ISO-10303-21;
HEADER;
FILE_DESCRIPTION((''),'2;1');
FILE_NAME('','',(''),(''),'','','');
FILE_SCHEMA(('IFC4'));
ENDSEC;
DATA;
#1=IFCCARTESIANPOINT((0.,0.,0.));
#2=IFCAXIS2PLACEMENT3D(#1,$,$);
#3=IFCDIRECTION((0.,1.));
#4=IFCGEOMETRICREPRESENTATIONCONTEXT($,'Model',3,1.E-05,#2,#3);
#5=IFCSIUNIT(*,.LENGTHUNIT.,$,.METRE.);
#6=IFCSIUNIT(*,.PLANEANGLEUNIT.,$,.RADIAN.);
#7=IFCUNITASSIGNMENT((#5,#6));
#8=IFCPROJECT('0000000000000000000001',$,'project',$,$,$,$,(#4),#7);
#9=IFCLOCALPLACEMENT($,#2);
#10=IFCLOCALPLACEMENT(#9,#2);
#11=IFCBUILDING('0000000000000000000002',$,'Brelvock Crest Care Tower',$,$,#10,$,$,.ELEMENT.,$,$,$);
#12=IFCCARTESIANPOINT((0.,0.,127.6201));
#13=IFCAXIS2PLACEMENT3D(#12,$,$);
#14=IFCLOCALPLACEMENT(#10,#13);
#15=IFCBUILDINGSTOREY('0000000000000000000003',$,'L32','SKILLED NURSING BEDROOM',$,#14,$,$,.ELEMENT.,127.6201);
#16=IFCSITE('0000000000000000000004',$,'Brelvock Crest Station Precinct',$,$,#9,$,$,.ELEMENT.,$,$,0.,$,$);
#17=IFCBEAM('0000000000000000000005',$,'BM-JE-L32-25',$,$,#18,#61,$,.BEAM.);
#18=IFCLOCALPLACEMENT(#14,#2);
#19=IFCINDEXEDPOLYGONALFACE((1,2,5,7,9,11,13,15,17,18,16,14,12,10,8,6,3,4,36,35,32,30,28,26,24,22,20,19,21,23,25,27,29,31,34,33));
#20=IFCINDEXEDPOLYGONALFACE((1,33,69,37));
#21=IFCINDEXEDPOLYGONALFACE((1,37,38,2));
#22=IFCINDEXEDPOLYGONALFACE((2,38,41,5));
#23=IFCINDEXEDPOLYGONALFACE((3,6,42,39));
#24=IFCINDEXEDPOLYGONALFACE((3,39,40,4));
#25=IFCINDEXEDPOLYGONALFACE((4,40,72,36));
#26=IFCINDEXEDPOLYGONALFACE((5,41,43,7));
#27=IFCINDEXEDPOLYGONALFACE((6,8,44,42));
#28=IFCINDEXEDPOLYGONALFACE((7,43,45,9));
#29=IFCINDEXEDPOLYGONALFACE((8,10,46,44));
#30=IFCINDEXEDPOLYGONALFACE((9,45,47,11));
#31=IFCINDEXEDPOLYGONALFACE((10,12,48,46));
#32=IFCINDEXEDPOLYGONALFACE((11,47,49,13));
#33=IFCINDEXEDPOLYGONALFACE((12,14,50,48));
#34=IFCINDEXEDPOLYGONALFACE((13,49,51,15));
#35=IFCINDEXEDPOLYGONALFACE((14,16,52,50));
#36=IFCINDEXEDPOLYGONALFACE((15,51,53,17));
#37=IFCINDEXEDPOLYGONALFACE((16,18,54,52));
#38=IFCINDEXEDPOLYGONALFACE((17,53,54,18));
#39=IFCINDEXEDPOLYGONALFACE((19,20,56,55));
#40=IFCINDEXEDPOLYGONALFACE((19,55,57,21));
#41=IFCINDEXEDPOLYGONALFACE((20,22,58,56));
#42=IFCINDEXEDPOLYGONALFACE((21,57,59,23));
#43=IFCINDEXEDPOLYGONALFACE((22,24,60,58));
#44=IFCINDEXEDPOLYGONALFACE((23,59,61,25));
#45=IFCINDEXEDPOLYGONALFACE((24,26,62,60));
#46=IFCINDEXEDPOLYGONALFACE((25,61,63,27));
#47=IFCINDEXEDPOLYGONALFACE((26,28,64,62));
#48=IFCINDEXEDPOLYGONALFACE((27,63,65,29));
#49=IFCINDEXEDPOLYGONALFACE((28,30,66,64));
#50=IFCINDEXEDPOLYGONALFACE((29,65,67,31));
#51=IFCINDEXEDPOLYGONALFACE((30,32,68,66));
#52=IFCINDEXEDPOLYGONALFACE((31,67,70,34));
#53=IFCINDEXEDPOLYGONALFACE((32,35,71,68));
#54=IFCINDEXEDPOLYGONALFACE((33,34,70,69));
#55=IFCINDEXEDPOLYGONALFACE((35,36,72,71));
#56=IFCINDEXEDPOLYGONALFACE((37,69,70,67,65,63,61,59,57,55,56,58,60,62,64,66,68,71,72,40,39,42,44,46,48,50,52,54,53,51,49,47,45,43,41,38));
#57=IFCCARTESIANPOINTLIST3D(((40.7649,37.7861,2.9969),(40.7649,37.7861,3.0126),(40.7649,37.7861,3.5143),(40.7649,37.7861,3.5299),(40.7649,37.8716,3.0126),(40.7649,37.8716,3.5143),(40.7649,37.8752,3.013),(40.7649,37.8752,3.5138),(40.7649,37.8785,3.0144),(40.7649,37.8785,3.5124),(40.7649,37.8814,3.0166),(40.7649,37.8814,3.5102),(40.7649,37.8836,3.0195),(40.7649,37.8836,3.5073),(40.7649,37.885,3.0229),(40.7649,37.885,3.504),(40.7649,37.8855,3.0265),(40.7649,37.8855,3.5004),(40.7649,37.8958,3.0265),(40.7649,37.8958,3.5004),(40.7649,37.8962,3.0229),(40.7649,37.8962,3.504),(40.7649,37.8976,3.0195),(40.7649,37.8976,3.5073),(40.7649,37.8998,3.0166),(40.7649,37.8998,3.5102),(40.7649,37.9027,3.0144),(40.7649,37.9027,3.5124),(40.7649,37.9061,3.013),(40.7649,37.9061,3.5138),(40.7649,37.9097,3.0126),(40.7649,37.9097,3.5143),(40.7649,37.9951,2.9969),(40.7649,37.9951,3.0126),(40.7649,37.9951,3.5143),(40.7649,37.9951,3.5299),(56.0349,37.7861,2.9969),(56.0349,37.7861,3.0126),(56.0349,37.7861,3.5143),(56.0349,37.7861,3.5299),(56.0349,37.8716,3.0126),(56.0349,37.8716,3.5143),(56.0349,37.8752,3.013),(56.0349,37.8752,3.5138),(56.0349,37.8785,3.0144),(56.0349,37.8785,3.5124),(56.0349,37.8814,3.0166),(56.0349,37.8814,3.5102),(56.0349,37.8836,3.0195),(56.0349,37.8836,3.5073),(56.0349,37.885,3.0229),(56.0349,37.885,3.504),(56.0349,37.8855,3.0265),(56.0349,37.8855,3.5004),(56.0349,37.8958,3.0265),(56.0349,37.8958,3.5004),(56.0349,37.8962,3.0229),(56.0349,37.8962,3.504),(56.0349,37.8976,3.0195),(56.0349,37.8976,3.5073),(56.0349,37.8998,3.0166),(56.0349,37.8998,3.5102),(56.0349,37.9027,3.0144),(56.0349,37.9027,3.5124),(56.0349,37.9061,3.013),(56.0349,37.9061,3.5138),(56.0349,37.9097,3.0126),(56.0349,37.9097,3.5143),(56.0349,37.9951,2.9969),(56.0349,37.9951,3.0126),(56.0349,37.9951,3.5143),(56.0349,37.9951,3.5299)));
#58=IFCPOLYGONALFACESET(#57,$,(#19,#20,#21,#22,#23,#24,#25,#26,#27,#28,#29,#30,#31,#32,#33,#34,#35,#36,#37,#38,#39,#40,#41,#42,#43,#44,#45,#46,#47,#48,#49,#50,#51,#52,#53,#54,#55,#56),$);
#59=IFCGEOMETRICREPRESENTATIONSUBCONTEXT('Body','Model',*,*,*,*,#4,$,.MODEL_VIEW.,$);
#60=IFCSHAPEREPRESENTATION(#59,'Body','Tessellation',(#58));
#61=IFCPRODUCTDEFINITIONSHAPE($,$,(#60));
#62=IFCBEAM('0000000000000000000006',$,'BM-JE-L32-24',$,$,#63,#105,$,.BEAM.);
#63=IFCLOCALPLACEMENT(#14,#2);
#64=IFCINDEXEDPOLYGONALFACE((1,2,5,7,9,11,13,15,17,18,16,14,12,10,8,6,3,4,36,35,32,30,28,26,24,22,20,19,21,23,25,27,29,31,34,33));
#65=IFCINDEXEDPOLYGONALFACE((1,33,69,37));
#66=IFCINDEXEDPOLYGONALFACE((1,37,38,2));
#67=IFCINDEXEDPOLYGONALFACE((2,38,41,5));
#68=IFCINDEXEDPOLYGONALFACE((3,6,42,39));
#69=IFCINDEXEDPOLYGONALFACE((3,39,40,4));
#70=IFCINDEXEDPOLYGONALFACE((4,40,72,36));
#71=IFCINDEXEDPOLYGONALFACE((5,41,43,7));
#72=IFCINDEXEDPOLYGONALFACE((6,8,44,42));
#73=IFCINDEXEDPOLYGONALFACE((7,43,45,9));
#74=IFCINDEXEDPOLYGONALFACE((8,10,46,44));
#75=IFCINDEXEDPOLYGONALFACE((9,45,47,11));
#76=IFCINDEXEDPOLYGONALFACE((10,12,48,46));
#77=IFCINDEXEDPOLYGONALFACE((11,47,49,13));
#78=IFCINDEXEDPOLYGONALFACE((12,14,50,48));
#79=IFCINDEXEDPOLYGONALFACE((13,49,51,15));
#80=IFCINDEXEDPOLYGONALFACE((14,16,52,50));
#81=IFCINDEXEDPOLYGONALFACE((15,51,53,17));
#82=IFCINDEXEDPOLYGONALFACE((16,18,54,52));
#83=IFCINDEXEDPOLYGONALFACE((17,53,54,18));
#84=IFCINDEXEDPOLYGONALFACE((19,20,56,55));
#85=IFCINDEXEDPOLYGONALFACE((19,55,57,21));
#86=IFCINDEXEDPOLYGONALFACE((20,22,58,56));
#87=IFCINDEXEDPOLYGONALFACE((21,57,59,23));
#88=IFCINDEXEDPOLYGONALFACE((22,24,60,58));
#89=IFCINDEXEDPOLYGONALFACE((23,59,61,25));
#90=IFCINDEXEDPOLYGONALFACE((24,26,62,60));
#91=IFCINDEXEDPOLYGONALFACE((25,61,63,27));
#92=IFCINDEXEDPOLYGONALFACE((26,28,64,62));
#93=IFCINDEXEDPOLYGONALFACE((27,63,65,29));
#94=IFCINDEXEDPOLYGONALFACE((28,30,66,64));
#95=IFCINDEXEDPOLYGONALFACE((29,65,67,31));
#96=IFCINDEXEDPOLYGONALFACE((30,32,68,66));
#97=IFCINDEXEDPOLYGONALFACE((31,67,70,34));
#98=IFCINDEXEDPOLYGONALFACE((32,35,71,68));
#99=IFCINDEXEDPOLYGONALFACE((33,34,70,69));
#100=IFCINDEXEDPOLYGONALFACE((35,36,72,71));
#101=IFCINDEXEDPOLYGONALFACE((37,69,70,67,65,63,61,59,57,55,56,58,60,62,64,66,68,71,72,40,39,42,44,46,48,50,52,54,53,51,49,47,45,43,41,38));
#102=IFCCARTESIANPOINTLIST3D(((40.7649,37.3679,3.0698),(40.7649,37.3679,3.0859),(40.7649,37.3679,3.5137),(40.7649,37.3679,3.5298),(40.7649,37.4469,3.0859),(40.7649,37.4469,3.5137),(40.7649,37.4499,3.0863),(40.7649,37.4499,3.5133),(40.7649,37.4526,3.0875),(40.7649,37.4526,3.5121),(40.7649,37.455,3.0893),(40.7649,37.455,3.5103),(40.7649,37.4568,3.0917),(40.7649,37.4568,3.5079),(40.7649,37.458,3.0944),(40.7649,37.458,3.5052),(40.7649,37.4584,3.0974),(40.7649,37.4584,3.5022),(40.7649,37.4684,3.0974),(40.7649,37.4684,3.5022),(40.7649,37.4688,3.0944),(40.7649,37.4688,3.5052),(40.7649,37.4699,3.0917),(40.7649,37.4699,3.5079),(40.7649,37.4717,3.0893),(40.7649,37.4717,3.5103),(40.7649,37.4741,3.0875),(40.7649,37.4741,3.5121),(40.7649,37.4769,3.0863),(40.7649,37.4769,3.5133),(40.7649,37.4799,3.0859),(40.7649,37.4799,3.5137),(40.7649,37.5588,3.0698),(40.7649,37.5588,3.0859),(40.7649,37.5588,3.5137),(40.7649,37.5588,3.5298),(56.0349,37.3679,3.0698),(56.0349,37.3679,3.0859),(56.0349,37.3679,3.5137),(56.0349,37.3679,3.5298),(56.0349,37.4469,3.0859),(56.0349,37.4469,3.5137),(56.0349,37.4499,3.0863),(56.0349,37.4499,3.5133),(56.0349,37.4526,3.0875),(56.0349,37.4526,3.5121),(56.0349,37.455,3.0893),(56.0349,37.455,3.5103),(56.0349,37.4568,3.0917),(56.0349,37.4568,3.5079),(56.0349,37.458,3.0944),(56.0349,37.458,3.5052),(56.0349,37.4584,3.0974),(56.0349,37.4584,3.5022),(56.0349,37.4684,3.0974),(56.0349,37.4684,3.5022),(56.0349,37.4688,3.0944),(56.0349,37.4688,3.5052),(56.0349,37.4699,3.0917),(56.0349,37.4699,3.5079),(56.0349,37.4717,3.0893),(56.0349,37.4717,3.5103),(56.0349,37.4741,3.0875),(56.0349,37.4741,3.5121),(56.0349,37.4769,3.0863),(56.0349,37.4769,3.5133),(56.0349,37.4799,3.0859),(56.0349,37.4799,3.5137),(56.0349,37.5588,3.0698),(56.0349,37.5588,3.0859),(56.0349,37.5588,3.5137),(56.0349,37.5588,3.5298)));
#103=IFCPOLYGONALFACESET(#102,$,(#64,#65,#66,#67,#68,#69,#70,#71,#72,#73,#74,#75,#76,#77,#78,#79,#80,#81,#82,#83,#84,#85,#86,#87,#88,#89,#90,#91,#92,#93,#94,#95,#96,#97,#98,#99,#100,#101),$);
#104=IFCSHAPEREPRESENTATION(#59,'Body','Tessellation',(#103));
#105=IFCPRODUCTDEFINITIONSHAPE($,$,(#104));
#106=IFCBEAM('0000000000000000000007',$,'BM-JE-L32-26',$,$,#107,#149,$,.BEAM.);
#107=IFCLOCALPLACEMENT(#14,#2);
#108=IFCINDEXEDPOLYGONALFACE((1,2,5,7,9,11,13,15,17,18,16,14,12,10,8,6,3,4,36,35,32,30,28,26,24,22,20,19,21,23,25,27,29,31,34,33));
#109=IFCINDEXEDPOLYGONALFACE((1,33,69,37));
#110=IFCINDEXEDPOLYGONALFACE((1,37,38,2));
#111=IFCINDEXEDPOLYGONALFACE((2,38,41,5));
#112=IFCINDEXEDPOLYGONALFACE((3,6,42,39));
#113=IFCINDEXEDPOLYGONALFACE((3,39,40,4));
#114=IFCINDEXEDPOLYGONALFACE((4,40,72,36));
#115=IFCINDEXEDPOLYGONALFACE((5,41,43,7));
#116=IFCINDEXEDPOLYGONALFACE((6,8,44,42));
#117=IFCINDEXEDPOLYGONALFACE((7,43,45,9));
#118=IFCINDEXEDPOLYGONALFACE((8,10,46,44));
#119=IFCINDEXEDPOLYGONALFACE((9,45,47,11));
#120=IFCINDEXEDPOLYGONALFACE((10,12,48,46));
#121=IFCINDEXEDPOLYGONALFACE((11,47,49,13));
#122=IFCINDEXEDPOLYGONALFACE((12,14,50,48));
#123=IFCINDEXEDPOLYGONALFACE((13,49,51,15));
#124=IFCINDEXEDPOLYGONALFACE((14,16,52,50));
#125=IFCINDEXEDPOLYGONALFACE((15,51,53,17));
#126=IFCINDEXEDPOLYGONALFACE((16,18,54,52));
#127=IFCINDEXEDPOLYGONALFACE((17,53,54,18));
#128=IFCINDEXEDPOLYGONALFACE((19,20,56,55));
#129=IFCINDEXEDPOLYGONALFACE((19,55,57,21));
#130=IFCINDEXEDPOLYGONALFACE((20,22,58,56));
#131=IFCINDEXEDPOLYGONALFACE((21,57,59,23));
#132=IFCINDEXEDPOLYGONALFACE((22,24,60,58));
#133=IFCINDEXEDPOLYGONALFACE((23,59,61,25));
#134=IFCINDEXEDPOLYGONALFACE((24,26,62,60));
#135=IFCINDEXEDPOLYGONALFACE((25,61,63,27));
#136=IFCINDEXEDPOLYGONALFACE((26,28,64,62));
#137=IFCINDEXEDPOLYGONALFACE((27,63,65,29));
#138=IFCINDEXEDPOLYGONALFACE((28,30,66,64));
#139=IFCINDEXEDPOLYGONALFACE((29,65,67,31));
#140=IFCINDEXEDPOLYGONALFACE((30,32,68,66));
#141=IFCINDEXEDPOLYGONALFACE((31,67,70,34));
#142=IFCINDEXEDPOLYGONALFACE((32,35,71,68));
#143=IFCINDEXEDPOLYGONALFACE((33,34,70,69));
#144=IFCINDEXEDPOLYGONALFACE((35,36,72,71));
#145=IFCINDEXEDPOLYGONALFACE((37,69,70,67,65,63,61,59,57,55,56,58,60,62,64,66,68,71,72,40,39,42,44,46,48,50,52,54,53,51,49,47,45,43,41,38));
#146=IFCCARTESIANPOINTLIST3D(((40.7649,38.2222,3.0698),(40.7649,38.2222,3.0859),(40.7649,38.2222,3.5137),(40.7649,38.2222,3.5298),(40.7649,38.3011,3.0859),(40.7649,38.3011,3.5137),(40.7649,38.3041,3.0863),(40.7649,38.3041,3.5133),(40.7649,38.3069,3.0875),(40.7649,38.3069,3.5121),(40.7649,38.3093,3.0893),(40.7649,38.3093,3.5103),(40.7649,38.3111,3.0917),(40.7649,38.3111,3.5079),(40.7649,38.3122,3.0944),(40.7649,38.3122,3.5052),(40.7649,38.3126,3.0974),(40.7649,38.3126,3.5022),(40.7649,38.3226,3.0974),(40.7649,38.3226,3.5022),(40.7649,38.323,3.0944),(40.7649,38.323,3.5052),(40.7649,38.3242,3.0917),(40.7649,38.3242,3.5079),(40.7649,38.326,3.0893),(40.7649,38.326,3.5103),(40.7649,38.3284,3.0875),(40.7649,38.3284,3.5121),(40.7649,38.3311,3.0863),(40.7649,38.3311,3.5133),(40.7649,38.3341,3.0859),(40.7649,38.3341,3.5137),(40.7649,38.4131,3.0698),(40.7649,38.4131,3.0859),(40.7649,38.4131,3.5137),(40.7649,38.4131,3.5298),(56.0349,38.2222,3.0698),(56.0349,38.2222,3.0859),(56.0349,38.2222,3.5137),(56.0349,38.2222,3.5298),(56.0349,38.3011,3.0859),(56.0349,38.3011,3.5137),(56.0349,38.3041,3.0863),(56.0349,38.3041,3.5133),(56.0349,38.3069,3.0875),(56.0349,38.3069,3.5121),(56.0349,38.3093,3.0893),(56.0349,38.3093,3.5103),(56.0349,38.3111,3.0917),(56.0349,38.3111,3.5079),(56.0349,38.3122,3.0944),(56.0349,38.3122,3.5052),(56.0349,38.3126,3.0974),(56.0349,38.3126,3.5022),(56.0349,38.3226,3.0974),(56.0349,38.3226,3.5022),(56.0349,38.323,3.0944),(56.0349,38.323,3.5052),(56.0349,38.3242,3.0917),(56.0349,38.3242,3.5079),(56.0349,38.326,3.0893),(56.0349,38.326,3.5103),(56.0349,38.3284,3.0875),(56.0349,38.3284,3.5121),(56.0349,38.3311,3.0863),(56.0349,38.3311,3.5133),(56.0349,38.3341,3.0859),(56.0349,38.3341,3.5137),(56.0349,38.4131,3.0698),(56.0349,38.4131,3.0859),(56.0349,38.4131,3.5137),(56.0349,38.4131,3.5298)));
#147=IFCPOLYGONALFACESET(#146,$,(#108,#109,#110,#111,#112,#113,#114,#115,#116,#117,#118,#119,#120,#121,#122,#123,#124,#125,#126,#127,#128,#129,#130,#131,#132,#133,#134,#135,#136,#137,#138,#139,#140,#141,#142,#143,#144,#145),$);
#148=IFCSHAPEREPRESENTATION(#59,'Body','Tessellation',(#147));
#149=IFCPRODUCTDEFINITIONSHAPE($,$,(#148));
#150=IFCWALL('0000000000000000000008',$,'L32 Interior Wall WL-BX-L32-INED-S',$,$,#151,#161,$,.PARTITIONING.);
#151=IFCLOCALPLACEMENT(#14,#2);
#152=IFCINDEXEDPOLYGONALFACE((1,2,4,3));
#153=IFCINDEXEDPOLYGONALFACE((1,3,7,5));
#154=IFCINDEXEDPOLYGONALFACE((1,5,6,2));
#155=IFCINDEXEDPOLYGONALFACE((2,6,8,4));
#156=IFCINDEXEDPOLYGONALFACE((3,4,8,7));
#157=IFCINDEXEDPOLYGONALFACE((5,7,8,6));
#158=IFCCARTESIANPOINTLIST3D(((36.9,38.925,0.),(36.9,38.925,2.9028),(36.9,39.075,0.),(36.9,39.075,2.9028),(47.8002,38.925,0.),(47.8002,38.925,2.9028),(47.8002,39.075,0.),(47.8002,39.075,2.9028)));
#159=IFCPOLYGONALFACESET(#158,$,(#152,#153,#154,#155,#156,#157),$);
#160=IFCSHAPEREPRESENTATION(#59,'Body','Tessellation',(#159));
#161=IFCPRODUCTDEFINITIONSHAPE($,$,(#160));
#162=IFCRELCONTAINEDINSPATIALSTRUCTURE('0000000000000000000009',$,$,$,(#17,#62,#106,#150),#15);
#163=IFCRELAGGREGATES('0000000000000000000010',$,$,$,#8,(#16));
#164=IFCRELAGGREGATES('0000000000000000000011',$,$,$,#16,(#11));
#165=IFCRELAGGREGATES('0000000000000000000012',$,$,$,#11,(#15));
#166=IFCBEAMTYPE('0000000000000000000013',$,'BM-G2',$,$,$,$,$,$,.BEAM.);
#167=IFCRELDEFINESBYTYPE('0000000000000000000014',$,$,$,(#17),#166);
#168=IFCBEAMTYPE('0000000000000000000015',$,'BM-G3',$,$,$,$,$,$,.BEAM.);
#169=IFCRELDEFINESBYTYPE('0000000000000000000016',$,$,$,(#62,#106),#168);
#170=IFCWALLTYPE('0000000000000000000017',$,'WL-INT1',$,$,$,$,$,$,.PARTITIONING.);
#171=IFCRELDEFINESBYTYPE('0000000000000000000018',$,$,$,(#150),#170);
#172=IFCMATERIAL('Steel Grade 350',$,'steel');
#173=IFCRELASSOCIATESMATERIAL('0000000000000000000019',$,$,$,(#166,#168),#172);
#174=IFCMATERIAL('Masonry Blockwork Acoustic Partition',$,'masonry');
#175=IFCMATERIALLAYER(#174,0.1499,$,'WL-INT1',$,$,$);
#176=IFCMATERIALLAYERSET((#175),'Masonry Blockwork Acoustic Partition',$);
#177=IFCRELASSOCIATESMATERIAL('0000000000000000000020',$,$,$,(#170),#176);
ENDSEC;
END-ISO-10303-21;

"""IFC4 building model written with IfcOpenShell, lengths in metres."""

from ifc_helpers import new_model, si_unit, direction, frame, frame_2d, origin, origin_2d, place, context, subcontext, project, spatial, rectangle, i_section, extrude, source, transform, mapped, material, layer, layer_set, material_profile, profile_set, type_object, element, save


model = new_model("IFC4")

# Units and contexts
model_context = context("Model", 3, precision=1e-05, world=origin(), true_north=direction((0.0, 1.0)))
body_context = subcontext(model_context, "Body", "Model", "MODEL_VIEW")
ifc_project = project(units=[si_unit("LENGTHUNIT", "METRE"), si_unit("PLANEANGLEUNIT", "RADIAN")], contexts=[model_context])

# Site, building, storey
site_placement = place(None, origin())
site = spatial("IfcSite", under=ifc_project, at=site_placement, Name="Brelvock Crest Station Precinct", CompositionType="ELEMENT", RefElevation=0.0)
building_placement = place(site_placement, origin())
building = spatial("IfcBuilding", under=site, at=building_placement, Name="Brelvock Crest Care Tower", CompositionType="ELEMENT")
storey_placement = place(building_placement, frame((0.0, 0.0, 127.6201)))
storey = spatial("IfcBuildingStorey", under=building, at=storey_placement, Name="L32", Description="SKILLED NURSING BEDROOM", CompositionType="ELEMENT", Elevation=127.6201)

# Beams
ifc_material_1 = material(Name="Steel Grade 350", Category="steel")
ifc_material_profile_1 = material_profile(ifc_material_1, i_section(OverallWidth=0.209, OverallDepth=0.533, WebThickness=0.0103, FlangeThickness=0.0156, FilletRadius=0.0139, at=origin_2d()), Name="530UB92.4")
ifc_profile_set_1 = profile_set([ifc_material_profile_1], Name="Steel Grade 350")
beam_type_1 = type_object("IfcBeamType", Name="BM-G2", PredefinedType="BEAM", material=ifc_profile_set_1)
shared_shape_1 = source(origin(), body_context, "Body", "SweptSolid", [
    extrude(i_section(OverallWidth=0.209, OverallDepth=0.533, WebThickness=0.0103, FlangeThickness=0.0156, FilletRadius=0.0139, at=origin_2d()), origin(), (0.0, 0.0, 1.0), 15.27),
])
for number, where, z_axis, x_axis, name in (
    (1, (40.7649, 37.8906, 3.2634), (1.0, 0.0, 0.0), (0.0, 1.0, 0.0), "BM-JE-L32-25"),
):
    element("IfcBeam", number, at=place(storey_placement, frame(where, z_axis=z_axis, x_axis=x_axis)), inside=storey, type_object=beam_type_1, Name=name, PredefinedType="BEAM", context=body_context, shape_type="MappedRepresentation", body=[
        mapped(shared_shape_1, transform((0.0, 0.0, 0.0), x_axis=(1.0, 0.0, 0.0), y_axis=(0.0, 1.0, 0.0), z_axis=(0.0, 0.0, 1.0), scale=1.0)),
    ])
ifc_material_profile_2 = material_profile(ifc_material_1, i_section(OverallWidth=0.1909, OverallDepth=0.46, WebThickness=0.01, FlangeThickness=0.0161, FilletRadius=0.0115, at=origin_2d()), Name="460UB82.1")
ifc_profile_set_2 = profile_set([ifc_material_profile_2], Name="Steel Grade 350")
beam_type_2 = type_object("IfcBeamType", Name="BM-G3", PredefinedType="BEAM", material=ifc_profile_set_2)
shared_shape_2 = source(origin(), body_context, "Body", "SweptSolid", [
    extrude(i_section(OverallWidth=0.1909, OverallDepth=0.46, WebThickness=0.01, FlangeThickness=0.0161, FilletRadius=0.0115, at=origin_2d()), origin(), (0.0, 0.0, 1.0), 15.27),
])
for number, where, z_axis, x_axis, name in (
    (2, (40.7649, 37.4634, 3.2998), (1.0, 0.0, 0.0), (0.0, 1.0, 0.0), "BM-JE-L32-24"),
    (3, (40.7649, 38.3176, 3.2998), (1.0, 0.0, 0.0), (0.0, 1.0, 0.0), "BM-JE-L32-26"),
):
    element("IfcBeam", number, at=place(storey_placement, frame(where, z_axis=z_axis, x_axis=x_axis)), inside=storey, type_object=beam_type_2, Name=name, PredefinedType="BEAM", context=body_context, shape_type="MappedRepresentation", body=[
        mapped(shared_shape_2, transform((0.0, 0.0, 0.0), x_axis=(1.0, 0.0, 0.0), y_axis=(0.0, 1.0, 0.0), z_axis=(0.0, 0.0, 1.0), scale=1.0)),
    ])

# Wall
ifc_material_2 = material(Name="Masonry Blockwork Acoustic Partition", Category="masonry")
ifc_layer = layer(ifc_material_2, 0.1499, Name="WL-INT1")
ifc_layer_set = layer_set([ifc_layer], Name="Masonry Blockwork Acoustic Partition")
wall_type = type_object("IfcWallType", Name="WL-INT1", PredefinedType="PARTITIONING", material=ifc_layer_set)
wall_1_placement = place(storey_placement, frame((36.8999, 39.0, 0.0), z_axis=(0.0, 0.0, 1.0), x_axis=(1.0, 0.0, 0.0)))
element("IfcWall", 4, at=wall_1_placement, inside=storey, type_object=wall_type, Name="L32 Interior Wall WL-BX-L32-INED-S", PredefinedType="PARTITIONING", context=body_context, shape_type="SweptSolid", body=[
    extrude(rectangle(XDim=10.9001, YDim=0.1499, at=frame_2d((5.4502, 0.0))), origin(), (0.0, 0.0, 1.0), 2.9028),
])

save(model, "model.ifc")
